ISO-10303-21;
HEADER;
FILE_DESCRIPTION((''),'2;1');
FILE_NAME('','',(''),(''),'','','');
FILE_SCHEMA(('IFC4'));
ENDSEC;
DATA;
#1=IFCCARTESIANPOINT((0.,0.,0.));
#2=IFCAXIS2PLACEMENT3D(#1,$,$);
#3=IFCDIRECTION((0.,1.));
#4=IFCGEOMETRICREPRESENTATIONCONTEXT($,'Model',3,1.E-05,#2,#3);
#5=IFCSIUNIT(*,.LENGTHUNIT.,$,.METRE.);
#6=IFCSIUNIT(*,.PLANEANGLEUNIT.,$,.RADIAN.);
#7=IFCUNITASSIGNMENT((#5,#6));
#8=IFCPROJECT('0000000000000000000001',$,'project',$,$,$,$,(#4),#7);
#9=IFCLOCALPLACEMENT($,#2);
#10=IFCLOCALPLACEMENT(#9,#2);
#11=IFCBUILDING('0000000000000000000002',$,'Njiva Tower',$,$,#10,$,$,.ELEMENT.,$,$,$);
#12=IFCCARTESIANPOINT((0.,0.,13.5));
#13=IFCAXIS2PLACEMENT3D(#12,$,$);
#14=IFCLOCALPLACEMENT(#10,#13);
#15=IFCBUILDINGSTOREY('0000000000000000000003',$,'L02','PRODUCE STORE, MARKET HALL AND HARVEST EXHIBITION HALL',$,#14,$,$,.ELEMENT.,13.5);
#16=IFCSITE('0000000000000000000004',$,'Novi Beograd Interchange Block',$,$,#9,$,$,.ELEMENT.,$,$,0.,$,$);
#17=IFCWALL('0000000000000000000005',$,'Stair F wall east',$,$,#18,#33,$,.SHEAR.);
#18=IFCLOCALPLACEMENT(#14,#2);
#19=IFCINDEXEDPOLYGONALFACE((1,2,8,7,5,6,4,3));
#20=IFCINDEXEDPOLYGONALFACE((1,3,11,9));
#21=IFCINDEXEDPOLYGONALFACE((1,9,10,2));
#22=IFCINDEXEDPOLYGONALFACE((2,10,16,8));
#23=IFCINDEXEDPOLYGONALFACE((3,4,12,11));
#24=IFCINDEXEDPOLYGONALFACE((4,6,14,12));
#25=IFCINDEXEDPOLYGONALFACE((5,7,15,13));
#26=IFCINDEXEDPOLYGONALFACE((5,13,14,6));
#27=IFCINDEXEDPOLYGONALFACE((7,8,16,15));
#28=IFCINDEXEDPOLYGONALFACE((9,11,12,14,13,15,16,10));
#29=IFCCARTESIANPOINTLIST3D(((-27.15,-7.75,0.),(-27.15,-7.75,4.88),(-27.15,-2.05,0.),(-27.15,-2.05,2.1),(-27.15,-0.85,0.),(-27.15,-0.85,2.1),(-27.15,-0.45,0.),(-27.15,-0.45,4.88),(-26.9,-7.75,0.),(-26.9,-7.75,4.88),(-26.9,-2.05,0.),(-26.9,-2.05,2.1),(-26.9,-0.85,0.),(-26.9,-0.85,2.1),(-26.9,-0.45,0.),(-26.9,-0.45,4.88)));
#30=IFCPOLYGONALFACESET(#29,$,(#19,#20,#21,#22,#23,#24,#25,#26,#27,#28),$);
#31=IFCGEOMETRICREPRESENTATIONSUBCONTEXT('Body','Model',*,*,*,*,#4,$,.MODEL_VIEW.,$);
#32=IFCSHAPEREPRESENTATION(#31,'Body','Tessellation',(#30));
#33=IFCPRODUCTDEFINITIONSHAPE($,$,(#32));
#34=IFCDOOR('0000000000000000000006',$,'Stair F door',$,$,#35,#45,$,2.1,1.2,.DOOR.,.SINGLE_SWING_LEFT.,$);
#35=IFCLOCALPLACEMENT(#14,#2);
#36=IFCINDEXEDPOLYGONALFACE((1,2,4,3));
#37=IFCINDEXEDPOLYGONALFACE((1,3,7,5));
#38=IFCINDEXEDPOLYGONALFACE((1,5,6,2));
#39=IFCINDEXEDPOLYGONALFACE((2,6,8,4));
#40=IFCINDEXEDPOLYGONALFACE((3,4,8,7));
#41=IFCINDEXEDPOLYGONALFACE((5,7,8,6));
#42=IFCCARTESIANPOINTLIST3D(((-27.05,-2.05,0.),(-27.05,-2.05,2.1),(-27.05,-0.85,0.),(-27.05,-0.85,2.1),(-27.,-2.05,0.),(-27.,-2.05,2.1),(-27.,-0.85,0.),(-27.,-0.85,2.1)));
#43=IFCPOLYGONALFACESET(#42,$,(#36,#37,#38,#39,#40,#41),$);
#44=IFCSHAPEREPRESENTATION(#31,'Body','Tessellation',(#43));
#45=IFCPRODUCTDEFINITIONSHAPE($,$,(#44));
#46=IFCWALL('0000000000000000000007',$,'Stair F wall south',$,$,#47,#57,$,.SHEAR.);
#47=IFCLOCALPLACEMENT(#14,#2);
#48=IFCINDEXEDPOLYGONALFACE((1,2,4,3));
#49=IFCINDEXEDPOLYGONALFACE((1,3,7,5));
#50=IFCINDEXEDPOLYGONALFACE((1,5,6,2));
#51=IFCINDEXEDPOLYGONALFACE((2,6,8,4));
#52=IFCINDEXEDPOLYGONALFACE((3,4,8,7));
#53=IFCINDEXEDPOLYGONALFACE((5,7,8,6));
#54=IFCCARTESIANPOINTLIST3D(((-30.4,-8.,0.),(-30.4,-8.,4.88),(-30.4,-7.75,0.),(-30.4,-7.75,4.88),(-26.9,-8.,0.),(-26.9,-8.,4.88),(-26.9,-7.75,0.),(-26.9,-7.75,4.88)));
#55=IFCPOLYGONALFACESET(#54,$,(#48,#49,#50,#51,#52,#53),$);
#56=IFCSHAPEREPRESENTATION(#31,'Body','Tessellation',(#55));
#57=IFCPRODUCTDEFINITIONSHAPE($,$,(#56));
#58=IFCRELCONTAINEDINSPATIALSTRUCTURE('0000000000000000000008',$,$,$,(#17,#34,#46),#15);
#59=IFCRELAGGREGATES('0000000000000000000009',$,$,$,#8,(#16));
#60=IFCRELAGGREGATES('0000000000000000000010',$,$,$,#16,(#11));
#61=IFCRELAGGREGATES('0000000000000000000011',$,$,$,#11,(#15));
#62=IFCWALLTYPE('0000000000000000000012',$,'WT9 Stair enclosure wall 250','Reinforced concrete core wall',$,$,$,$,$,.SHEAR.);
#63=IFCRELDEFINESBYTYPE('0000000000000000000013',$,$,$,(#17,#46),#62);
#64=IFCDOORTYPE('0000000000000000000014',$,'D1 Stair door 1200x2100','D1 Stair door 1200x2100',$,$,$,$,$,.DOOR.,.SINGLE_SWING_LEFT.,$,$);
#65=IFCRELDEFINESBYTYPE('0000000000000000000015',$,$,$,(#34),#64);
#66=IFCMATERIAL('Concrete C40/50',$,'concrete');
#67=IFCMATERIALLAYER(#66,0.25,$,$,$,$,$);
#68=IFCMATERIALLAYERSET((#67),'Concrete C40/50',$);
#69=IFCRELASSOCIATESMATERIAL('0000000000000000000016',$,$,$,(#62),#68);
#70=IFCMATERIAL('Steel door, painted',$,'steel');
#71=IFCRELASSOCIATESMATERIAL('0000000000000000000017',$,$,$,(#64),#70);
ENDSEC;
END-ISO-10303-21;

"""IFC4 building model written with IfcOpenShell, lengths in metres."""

from ifc_helpers import new_model, si_unit, direction, frame, frame_2d, origin, place, context, subcontext, project, spatial, rectangle, extrude, material, layer, layer_set, type_object, element, fill, save


model = new_model("IFC4")

# Units and contexts
model_context = context("Model", 3, precision=1e-05, world=origin(), true_north=direction((0.0, 1.0)))
body_context = subcontext(model_context, "Body", "Model", "MODEL_VIEW")
ifc_project = project(units=[si_unit("LENGTHUNIT", "METRE"), si_unit("PLANEANGLEUNIT", "RADIAN")], contexts=[model_context])

# Site, building, storey
site_placement = place(None, origin())
site = spatial("IfcSite", under=ifc_project, at=site_placement, Name="Novi Beograd Interchange Block", CompositionType="ELEMENT", RefElevation=0.0)
building_placement = place(site_placement, origin())
building = spatial("IfcBuilding", under=site, at=building_placement, Name="Njiva Tower", CompositionType="ELEMENT")
storey_placement = place(building_placement, frame((0.0, 0.0, 13.5)))
storey = spatial("IfcBuildingStorey", under=building, at=storey_placement, Name="L02", Description="PRODUCE STORE, MARKET HALL AND HARVEST EXHIBITION HALL", CompositionType="ELEMENT", Elevation=13.5)

# Shared definitions
ifc_material_1 = material(Name="Concrete C40/50", Category="concrete")
ifc_layer_1 = layer(ifc_material_1, 0.25)
ifc_layer_set_1 = layer_set([ifc_layer_1], Name="Concrete C40/50")
wall_type_1 = type_object("IfcWallType", Name="WT9 Stair enclosure wall 250", Description="Reinforced concrete core wall", PredefinedType="SHEAR", material=ifc_layer_set_1)

# Wall, opening, door
wall_1_placement = place(storey_placement, frame((-27.025, -7.75, 0.0), z_axis=(0.0, 0.0, 1.0), x_axis=(0.0, 1.0, 0.0)))
wall_1 = element("IfcWall", 1, at=wall_1_placement, inside=storey, type_object=wall_type_1, Name="Stair F wall east", PredefinedType="SHEAR", context=body_context, shape_type="SweptSolid", body=[
    extrude(rectangle(XDim=7.3, YDim=0.25, at=frame_2d((3.65, 0.0))), origin(), (0.0, 0.0, 1.0), 4.88),
])
opening_placement = place(wall_1_placement, frame((5.7, 0.0, 0.0)))
opening = element("IfcOpeningElement", 2, at=opening_placement, cuts=wall_1, PredefinedType="OPENING", context=body_context, shape_type="SweptSolid", body=[
    extrude(rectangle(XDim=1.2, YDim=2.1, at=frame_2d((0.6, 1.05))), frame((0.0, 0.135, 0.0), z_axis=(0.0, -1.0, 0.0), x_axis=(1.0, 0.0, 0.0)), (0.0, 0.0, 1.0), 0.27),
])
ifc_material_2 = material(Name="Steel door, painted", Category="steel")
door_type = type_object("IfcDoorType", Name="D1 Stair door 1200x2100", Description="D1 Stair door 1200x2100", OperationType="SINGLE_SWING_LEFT", PredefinedType="DOOR", material=ifc_material_2)
door_placement = place(opening_placement, origin())
door = element("IfcDoor", 3, at=door_placement, inside=storey, type_object=door_type, Name="Stair F door", OperationType="SINGLE_SWING_LEFT", OverallHeight=2.1, OverallWidth=1.2, PredefinedType="DOOR", context=body_context, shape_type="SweptSolid", body=[
    extrude(rectangle(XDim=1.2, YDim=2.1, at=frame_2d((0.6, 1.05))), frame((0.0, 0.025, 0.0), z_axis=(0.0, -1.0, 0.0), x_axis=(1.0, 0.0, 0.0)), (0.0, 0.0, 1.0), 0.05),
])
fill(opening, door)

# Wall
wall_2_placement = place(storey_placement, frame((-30.4, -7.875, 0.0), z_axis=(0.0, 0.0, 1.0), x_axis=(1.0, 0.0, 0.0)))
element("IfcWall", 4, at=wall_2_placement, inside=storey, type_object=wall_type_1, Name="Stair F wall south", PredefinedType="SHEAR", context=body_context, shape_type="SweptSolid", body=[
    extrude(rectangle(XDim=3.5, YDim=0.25, at=frame_2d((1.75, 0.0))), origin(), (0.0, 0.0, 1.0), 4.88),
])

save(model, "model.ifc")
